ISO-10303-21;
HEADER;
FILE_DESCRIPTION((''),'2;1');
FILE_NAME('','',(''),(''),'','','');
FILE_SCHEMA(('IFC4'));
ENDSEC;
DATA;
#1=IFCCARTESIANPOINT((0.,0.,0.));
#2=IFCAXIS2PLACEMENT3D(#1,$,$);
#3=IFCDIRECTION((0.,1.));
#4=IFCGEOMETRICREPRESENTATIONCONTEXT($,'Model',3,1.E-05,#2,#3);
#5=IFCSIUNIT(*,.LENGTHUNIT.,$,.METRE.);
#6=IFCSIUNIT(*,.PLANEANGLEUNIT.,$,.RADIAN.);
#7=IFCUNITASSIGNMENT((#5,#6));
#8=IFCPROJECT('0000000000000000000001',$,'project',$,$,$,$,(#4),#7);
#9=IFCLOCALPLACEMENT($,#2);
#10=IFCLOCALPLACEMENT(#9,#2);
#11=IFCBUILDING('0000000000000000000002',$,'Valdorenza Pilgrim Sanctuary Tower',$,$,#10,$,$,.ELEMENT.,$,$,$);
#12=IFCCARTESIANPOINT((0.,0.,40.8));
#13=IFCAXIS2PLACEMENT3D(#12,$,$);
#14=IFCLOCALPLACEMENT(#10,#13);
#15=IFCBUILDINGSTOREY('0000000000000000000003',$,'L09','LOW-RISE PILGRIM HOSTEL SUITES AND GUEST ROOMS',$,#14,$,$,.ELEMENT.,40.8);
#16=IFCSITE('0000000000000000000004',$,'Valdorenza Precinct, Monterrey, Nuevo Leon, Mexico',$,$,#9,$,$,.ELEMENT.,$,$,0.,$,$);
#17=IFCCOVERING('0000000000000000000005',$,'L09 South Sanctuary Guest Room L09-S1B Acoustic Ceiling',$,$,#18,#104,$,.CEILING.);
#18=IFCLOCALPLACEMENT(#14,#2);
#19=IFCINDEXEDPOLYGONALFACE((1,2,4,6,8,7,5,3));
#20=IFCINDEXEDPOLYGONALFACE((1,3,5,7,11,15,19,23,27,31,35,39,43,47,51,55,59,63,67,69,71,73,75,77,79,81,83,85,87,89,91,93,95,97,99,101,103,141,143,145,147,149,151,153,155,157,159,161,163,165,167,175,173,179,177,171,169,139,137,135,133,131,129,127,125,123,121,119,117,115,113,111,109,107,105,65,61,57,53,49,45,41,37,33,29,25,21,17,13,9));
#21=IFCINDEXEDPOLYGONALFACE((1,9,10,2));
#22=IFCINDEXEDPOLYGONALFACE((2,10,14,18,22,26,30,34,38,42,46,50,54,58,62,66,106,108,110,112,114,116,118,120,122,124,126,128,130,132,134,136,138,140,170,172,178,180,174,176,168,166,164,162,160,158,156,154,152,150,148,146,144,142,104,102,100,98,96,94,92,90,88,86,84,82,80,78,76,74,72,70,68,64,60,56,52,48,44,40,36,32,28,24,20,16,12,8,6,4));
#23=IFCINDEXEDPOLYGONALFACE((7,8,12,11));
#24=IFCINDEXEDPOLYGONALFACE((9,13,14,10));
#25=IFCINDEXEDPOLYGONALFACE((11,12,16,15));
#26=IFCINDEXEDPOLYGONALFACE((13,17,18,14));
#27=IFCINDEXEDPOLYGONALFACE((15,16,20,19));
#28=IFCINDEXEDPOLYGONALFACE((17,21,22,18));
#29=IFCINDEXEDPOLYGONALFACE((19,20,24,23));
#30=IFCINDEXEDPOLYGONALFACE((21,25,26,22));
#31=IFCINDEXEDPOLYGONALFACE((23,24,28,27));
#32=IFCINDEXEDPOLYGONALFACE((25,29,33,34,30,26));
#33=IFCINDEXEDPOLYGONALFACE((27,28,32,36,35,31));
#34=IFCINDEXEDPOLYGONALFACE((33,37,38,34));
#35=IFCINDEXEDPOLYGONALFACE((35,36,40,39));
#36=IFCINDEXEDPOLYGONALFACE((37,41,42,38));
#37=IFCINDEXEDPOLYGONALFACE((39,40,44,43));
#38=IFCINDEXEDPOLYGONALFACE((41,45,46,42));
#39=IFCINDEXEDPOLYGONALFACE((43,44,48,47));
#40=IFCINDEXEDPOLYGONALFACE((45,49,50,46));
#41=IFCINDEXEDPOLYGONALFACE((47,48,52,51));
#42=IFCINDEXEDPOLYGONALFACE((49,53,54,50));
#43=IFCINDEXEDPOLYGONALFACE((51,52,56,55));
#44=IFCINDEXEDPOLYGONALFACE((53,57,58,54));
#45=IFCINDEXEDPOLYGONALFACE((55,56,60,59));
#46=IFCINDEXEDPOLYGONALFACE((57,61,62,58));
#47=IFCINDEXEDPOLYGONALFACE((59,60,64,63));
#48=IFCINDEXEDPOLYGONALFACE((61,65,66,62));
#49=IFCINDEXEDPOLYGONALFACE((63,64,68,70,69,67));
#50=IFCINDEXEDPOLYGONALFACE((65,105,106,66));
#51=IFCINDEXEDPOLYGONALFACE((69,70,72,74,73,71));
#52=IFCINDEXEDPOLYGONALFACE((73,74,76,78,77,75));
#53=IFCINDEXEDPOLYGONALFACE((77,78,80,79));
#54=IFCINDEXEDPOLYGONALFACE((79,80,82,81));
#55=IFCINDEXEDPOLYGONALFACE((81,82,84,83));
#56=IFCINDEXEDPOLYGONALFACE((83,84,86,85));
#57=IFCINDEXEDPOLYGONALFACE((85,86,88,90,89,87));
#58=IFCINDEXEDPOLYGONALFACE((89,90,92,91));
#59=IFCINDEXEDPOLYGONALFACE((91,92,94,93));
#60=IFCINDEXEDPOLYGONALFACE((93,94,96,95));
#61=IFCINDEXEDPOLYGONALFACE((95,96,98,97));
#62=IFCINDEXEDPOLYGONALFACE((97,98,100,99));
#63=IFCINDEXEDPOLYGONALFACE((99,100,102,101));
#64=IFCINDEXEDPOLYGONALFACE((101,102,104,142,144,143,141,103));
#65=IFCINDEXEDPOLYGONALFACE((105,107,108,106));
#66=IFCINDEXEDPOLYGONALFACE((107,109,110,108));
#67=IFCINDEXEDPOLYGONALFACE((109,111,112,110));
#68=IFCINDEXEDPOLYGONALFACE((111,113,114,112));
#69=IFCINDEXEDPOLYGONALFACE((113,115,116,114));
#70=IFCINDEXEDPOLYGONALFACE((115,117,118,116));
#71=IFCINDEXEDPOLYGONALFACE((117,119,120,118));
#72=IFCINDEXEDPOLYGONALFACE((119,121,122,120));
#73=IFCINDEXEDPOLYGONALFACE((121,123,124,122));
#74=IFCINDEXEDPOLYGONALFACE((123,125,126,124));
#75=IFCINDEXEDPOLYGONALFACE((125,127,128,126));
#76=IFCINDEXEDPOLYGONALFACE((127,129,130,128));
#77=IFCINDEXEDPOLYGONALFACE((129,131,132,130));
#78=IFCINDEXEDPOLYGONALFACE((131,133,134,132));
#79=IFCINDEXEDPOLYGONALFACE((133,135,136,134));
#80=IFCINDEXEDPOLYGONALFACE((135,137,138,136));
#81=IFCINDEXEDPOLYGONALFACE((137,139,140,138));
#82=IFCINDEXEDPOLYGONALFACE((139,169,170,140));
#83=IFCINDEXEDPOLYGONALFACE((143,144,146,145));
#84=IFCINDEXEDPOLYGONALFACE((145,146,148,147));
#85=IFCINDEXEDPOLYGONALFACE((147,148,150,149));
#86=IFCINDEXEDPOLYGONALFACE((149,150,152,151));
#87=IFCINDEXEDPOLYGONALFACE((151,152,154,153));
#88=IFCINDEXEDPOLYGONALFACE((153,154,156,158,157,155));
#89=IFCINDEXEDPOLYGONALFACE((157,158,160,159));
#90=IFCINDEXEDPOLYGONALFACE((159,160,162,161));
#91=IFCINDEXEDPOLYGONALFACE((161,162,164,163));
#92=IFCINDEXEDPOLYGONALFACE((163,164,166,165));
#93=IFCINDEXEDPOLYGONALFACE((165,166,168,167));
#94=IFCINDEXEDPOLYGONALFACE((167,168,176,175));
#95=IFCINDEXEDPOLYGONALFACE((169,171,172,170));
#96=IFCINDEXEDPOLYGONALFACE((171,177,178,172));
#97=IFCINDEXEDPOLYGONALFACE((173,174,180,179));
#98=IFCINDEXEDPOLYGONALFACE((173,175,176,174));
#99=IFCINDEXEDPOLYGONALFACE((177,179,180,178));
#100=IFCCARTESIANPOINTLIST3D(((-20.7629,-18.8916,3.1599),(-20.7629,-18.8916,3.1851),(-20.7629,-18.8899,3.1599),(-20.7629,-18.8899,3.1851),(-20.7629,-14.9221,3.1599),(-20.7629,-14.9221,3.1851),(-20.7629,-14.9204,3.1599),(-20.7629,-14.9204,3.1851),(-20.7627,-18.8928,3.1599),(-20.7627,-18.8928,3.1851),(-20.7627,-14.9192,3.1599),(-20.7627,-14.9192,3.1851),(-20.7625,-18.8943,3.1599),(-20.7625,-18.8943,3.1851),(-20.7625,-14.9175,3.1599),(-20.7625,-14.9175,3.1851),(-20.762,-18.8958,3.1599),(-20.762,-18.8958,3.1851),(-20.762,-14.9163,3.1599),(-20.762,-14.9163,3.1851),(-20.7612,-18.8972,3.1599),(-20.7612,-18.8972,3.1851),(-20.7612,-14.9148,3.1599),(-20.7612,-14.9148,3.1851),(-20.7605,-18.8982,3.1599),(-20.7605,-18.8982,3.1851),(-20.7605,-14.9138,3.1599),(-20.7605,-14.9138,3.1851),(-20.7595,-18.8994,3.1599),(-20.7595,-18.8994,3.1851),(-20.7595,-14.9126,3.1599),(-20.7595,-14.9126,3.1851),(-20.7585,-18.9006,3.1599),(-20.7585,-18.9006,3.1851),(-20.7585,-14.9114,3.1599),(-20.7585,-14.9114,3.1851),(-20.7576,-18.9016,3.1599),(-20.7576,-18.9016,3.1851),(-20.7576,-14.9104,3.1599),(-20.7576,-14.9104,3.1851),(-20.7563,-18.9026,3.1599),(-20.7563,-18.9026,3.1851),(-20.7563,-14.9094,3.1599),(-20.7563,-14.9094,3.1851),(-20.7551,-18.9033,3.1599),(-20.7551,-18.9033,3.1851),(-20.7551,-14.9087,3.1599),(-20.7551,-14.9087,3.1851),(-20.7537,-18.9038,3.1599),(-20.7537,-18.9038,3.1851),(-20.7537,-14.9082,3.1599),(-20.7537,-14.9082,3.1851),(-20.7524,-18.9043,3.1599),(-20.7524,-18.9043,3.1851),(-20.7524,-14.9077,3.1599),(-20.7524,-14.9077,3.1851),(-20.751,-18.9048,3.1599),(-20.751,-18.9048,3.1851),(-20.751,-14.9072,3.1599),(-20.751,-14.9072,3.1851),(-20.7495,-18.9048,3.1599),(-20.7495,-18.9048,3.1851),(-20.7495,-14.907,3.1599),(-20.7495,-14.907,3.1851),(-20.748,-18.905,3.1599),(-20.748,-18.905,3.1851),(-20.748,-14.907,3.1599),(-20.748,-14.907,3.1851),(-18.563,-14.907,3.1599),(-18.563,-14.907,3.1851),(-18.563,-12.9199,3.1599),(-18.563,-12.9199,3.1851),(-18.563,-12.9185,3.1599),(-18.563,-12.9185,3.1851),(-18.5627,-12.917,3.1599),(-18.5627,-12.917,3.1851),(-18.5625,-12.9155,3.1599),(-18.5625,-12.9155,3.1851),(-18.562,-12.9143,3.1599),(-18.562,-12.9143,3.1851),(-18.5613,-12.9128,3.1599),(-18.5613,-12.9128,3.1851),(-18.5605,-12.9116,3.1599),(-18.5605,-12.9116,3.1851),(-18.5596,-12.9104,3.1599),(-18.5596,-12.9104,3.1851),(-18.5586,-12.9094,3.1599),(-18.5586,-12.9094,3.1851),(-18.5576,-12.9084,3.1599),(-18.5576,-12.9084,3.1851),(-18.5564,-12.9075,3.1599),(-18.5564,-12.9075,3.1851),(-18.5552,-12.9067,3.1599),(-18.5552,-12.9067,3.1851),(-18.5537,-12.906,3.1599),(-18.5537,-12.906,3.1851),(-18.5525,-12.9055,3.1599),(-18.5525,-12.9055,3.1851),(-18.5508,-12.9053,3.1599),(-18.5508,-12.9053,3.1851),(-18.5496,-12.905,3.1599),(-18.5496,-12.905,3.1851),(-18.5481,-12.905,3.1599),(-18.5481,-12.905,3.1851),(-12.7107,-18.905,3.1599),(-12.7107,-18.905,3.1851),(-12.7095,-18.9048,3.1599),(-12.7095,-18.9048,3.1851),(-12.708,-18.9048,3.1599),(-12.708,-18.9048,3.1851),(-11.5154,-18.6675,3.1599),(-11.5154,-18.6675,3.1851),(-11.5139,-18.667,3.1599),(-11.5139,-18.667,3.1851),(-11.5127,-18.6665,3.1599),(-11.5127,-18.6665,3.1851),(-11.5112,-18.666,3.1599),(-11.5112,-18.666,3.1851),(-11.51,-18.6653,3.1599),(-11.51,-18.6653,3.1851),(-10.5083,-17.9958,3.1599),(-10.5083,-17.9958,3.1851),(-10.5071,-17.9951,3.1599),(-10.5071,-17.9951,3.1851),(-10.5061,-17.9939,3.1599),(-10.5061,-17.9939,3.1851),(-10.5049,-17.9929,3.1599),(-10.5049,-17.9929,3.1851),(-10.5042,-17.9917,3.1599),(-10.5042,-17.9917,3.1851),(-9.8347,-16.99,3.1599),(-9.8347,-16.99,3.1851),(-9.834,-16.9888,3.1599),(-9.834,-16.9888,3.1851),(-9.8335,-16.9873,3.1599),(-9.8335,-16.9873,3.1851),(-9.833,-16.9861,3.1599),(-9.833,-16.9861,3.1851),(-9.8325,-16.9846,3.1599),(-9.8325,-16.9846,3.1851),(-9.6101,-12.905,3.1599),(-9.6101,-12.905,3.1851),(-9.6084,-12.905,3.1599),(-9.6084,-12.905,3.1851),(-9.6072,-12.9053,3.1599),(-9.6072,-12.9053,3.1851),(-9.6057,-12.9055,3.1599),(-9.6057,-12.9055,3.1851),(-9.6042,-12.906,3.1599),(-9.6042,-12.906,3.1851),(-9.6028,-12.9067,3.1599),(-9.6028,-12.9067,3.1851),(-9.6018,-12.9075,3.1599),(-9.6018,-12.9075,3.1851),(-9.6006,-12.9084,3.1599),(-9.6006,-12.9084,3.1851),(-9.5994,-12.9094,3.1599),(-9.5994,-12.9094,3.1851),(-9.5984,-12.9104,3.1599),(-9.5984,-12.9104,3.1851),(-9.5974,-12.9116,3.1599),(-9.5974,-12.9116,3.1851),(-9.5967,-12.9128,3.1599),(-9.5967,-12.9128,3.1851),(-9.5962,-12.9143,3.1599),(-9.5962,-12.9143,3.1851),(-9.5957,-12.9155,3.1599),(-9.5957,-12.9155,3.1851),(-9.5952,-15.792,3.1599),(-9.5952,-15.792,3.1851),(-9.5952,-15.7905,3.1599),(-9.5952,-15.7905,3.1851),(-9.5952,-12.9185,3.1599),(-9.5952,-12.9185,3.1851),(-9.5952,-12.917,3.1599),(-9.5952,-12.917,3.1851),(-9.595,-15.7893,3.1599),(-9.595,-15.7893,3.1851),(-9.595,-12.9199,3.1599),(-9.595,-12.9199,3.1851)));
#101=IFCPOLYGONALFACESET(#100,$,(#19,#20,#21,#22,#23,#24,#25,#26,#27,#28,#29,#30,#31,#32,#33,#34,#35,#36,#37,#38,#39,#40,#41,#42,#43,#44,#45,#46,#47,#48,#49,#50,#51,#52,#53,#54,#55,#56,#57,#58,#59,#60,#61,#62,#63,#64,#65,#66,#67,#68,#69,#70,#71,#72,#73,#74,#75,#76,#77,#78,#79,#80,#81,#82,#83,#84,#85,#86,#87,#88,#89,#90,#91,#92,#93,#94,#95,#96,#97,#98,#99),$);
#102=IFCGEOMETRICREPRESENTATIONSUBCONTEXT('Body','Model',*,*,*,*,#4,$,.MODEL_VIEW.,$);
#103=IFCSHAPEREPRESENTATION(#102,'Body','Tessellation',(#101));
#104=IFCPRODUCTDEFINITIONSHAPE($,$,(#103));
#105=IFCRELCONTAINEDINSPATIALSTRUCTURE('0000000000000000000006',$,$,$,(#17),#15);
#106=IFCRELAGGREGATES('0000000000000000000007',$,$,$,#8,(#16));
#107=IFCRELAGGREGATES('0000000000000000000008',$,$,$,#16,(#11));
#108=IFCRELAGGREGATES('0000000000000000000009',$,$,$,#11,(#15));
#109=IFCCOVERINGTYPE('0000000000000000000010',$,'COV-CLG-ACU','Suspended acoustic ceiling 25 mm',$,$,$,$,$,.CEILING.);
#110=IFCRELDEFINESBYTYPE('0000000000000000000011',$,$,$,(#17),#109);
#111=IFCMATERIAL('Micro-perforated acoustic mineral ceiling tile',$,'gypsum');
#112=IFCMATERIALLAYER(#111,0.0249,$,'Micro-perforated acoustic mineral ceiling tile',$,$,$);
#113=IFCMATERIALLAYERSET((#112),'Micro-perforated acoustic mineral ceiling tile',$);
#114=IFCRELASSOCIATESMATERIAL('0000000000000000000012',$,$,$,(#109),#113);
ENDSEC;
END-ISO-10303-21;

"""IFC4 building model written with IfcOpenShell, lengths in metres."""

from ifc_helpers import new_model, si_unit, direction, frame, origin, place, context, subcontext, project, spatial, polyline, outline, extrude, material, layer, layer_set, type_object, element, save


model = new_model("IFC4")

# Units and contexts
model_context = context("Model", 3, precision=1e-05, world=origin(), true_north=direction((0.0, 1.0)))
body_context = subcontext(model_context, "Body", "Model", "MODEL_VIEW")
ifc_project = project(units=[si_unit("LENGTHUNIT", "METRE"), si_unit("PLANEANGLEUNIT", "RADIAN")], contexts=[model_context])

# Site, building, storey
site_placement = place(None, origin())
site = spatial("IfcSite", under=ifc_project, at=site_placement, Name="Valdorenza Precinct, Monterrey, Nuevo Leon, Mexico", CompositionType="ELEMENT", RefElevation=0.0)
building_placement = place(site_placement, origin())
building = spatial("IfcBuilding", under=site, at=building_placement, Name="Valdorenza Pilgrim Sanctuary Tower", CompositionType="ELEMENT")
storey_placement = place(building_placement, frame((0.0, 0.0, 40.8)))
storey = spatial("IfcBuildingStorey", under=building, at=storey_placement, Name="L09", Description="LOW-RISE PILGRIM HOSTEL SUITES AND GUEST ROOMS", CompositionType="ELEMENT", Elevation=40.8)

# Covering
ifc_material_1 = material(Name="Micro-perforated acoustic mineral ceiling tile", Category="gypsum")
ifc_layer_1 = layer(ifc_material_1, 0.0249, Name="Micro-perforated acoustic mineral ceiling tile")
ifc_layer_set_1 = layer_set([ifc_layer_1], Name="Micro-perforated acoustic mineral ceiling tile")
covering_type_1 = type_object("IfcCoveringType", Name="COV-CLG-ACU", Description="Suspended acoustic ceiling 25 mm", PredefinedType="CEILING", material=ifc_layer_set_1)
covering_1_placement = place(storey_placement, frame((0.0, 0.0, 3.1599)))
element("IfcCovering", 1, at=covering_1_placement, inside=storey, type_object=covering_type_1, Name="L09 South Sanctuary Guest Room L09-S1B Acoustic Ceiling", PredefinedType="CEILING", context=body_context, shape_type="SweptSolid", body=[
    extrude(outline(polyline([(-18.563, -14.907), (-18.563, -12.9199), (-18.563, -12.9185), (-18.5627, -12.917), (-18.5625, -12.9155), (-18.562, -12.9143), (-18.5613, -12.9128), (-18.5605, -12.9116), (-18.5596, -12.9104), (-18.5586, -12.9094), (-18.5576, -12.9084), (-18.5564, -12.9075), (-18.5552, -12.9067), (-18.5537, -12.906), (-18.5525, -12.9055), (-18.5508, -12.9053), (-18.5496, -12.905), (-18.5481, -12.905), (-9.6101, -12.905), (-9.6084, -12.905), (-9.6072, -12.9053), (-9.6057, -12.9055), (-9.6042, -12.906), (-9.6028, -12.9067), (-9.6018, -12.9075), (-9.6006, -12.9084), (-9.5994, -12.9094), (-9.5984, -12.9104), (-9.5974, -12.9116), (-9.5967, -12.9128), (-9.5962, -12.9143), (-9.5957, -12.9155), (-9.5952, -12.917), (-9.5952, -12.9185), (-9.595, -12.9199), (-9.595, -15.7893), (-9.5952, -15.7905), (-9.5952, -15.792), (-9.8325, -16.9846), (-9.833, -16.9861), (-9.8335, -16.9873), (-9.834, -16.9888), (-9.8347, -16.99), (-10.5042, -17.9917), (-10.5049, -17.9929), (-10.5061, -17.9939), (-10.5071, -17.9951), (-10.5083, -17.9958), (-11.51, -18.6653), (-11.5112, -18.666), (-11.5127, -18.6665), (-11.5139, -18.667), (-11.5154, -18.6675), (-12.708, -18.9048), (-12.7095, -18.9048), (-12.7107, -18.905), (-20.748, -18.905), (-20.7495, -18.9048), (-20.751, -18.9048), (-20.7524, -18.9043), (-20.7537, -18.9038), (-20.7551, -18.9033), (-20.7563, -18.9026), (-20.7576, -18.9016), (-20.7585, -18.9006), (-20.7595, -18.8994), (-20.7605, -18.8982), (-20.7612, -18.8972), (-20.762, -18.8958), (-20.7625, -18.8943), (-20.7627, -18.8928), (-20.7629, -18.8916), (-20.7629, -18.8899), (-20.7629, -14.9221), (-20.7629, -14.9204), (-20.7627, -14.9192), (-20.7625, -14.9175), (-20.762, -14.9163), (-20.7612, -14.9148), (-20.7605, -14.9138), (-20.7595, -14.9126), (-20.7585, -14.9114), (-20.7576, -14.9104), (-20.7563, -14.9094), (-20.7551, -14.9087), (-20.7537, -14.9082), (-20.7524, -14.9077), (-20.751, -14.9072), (-20.7495, -14.907), (-20.748, -14.907), (-18.563, -14.907)])), origin(), (0.0, 0.0, 1.0), 0.0251),
])

save(model, "model.ifc")
